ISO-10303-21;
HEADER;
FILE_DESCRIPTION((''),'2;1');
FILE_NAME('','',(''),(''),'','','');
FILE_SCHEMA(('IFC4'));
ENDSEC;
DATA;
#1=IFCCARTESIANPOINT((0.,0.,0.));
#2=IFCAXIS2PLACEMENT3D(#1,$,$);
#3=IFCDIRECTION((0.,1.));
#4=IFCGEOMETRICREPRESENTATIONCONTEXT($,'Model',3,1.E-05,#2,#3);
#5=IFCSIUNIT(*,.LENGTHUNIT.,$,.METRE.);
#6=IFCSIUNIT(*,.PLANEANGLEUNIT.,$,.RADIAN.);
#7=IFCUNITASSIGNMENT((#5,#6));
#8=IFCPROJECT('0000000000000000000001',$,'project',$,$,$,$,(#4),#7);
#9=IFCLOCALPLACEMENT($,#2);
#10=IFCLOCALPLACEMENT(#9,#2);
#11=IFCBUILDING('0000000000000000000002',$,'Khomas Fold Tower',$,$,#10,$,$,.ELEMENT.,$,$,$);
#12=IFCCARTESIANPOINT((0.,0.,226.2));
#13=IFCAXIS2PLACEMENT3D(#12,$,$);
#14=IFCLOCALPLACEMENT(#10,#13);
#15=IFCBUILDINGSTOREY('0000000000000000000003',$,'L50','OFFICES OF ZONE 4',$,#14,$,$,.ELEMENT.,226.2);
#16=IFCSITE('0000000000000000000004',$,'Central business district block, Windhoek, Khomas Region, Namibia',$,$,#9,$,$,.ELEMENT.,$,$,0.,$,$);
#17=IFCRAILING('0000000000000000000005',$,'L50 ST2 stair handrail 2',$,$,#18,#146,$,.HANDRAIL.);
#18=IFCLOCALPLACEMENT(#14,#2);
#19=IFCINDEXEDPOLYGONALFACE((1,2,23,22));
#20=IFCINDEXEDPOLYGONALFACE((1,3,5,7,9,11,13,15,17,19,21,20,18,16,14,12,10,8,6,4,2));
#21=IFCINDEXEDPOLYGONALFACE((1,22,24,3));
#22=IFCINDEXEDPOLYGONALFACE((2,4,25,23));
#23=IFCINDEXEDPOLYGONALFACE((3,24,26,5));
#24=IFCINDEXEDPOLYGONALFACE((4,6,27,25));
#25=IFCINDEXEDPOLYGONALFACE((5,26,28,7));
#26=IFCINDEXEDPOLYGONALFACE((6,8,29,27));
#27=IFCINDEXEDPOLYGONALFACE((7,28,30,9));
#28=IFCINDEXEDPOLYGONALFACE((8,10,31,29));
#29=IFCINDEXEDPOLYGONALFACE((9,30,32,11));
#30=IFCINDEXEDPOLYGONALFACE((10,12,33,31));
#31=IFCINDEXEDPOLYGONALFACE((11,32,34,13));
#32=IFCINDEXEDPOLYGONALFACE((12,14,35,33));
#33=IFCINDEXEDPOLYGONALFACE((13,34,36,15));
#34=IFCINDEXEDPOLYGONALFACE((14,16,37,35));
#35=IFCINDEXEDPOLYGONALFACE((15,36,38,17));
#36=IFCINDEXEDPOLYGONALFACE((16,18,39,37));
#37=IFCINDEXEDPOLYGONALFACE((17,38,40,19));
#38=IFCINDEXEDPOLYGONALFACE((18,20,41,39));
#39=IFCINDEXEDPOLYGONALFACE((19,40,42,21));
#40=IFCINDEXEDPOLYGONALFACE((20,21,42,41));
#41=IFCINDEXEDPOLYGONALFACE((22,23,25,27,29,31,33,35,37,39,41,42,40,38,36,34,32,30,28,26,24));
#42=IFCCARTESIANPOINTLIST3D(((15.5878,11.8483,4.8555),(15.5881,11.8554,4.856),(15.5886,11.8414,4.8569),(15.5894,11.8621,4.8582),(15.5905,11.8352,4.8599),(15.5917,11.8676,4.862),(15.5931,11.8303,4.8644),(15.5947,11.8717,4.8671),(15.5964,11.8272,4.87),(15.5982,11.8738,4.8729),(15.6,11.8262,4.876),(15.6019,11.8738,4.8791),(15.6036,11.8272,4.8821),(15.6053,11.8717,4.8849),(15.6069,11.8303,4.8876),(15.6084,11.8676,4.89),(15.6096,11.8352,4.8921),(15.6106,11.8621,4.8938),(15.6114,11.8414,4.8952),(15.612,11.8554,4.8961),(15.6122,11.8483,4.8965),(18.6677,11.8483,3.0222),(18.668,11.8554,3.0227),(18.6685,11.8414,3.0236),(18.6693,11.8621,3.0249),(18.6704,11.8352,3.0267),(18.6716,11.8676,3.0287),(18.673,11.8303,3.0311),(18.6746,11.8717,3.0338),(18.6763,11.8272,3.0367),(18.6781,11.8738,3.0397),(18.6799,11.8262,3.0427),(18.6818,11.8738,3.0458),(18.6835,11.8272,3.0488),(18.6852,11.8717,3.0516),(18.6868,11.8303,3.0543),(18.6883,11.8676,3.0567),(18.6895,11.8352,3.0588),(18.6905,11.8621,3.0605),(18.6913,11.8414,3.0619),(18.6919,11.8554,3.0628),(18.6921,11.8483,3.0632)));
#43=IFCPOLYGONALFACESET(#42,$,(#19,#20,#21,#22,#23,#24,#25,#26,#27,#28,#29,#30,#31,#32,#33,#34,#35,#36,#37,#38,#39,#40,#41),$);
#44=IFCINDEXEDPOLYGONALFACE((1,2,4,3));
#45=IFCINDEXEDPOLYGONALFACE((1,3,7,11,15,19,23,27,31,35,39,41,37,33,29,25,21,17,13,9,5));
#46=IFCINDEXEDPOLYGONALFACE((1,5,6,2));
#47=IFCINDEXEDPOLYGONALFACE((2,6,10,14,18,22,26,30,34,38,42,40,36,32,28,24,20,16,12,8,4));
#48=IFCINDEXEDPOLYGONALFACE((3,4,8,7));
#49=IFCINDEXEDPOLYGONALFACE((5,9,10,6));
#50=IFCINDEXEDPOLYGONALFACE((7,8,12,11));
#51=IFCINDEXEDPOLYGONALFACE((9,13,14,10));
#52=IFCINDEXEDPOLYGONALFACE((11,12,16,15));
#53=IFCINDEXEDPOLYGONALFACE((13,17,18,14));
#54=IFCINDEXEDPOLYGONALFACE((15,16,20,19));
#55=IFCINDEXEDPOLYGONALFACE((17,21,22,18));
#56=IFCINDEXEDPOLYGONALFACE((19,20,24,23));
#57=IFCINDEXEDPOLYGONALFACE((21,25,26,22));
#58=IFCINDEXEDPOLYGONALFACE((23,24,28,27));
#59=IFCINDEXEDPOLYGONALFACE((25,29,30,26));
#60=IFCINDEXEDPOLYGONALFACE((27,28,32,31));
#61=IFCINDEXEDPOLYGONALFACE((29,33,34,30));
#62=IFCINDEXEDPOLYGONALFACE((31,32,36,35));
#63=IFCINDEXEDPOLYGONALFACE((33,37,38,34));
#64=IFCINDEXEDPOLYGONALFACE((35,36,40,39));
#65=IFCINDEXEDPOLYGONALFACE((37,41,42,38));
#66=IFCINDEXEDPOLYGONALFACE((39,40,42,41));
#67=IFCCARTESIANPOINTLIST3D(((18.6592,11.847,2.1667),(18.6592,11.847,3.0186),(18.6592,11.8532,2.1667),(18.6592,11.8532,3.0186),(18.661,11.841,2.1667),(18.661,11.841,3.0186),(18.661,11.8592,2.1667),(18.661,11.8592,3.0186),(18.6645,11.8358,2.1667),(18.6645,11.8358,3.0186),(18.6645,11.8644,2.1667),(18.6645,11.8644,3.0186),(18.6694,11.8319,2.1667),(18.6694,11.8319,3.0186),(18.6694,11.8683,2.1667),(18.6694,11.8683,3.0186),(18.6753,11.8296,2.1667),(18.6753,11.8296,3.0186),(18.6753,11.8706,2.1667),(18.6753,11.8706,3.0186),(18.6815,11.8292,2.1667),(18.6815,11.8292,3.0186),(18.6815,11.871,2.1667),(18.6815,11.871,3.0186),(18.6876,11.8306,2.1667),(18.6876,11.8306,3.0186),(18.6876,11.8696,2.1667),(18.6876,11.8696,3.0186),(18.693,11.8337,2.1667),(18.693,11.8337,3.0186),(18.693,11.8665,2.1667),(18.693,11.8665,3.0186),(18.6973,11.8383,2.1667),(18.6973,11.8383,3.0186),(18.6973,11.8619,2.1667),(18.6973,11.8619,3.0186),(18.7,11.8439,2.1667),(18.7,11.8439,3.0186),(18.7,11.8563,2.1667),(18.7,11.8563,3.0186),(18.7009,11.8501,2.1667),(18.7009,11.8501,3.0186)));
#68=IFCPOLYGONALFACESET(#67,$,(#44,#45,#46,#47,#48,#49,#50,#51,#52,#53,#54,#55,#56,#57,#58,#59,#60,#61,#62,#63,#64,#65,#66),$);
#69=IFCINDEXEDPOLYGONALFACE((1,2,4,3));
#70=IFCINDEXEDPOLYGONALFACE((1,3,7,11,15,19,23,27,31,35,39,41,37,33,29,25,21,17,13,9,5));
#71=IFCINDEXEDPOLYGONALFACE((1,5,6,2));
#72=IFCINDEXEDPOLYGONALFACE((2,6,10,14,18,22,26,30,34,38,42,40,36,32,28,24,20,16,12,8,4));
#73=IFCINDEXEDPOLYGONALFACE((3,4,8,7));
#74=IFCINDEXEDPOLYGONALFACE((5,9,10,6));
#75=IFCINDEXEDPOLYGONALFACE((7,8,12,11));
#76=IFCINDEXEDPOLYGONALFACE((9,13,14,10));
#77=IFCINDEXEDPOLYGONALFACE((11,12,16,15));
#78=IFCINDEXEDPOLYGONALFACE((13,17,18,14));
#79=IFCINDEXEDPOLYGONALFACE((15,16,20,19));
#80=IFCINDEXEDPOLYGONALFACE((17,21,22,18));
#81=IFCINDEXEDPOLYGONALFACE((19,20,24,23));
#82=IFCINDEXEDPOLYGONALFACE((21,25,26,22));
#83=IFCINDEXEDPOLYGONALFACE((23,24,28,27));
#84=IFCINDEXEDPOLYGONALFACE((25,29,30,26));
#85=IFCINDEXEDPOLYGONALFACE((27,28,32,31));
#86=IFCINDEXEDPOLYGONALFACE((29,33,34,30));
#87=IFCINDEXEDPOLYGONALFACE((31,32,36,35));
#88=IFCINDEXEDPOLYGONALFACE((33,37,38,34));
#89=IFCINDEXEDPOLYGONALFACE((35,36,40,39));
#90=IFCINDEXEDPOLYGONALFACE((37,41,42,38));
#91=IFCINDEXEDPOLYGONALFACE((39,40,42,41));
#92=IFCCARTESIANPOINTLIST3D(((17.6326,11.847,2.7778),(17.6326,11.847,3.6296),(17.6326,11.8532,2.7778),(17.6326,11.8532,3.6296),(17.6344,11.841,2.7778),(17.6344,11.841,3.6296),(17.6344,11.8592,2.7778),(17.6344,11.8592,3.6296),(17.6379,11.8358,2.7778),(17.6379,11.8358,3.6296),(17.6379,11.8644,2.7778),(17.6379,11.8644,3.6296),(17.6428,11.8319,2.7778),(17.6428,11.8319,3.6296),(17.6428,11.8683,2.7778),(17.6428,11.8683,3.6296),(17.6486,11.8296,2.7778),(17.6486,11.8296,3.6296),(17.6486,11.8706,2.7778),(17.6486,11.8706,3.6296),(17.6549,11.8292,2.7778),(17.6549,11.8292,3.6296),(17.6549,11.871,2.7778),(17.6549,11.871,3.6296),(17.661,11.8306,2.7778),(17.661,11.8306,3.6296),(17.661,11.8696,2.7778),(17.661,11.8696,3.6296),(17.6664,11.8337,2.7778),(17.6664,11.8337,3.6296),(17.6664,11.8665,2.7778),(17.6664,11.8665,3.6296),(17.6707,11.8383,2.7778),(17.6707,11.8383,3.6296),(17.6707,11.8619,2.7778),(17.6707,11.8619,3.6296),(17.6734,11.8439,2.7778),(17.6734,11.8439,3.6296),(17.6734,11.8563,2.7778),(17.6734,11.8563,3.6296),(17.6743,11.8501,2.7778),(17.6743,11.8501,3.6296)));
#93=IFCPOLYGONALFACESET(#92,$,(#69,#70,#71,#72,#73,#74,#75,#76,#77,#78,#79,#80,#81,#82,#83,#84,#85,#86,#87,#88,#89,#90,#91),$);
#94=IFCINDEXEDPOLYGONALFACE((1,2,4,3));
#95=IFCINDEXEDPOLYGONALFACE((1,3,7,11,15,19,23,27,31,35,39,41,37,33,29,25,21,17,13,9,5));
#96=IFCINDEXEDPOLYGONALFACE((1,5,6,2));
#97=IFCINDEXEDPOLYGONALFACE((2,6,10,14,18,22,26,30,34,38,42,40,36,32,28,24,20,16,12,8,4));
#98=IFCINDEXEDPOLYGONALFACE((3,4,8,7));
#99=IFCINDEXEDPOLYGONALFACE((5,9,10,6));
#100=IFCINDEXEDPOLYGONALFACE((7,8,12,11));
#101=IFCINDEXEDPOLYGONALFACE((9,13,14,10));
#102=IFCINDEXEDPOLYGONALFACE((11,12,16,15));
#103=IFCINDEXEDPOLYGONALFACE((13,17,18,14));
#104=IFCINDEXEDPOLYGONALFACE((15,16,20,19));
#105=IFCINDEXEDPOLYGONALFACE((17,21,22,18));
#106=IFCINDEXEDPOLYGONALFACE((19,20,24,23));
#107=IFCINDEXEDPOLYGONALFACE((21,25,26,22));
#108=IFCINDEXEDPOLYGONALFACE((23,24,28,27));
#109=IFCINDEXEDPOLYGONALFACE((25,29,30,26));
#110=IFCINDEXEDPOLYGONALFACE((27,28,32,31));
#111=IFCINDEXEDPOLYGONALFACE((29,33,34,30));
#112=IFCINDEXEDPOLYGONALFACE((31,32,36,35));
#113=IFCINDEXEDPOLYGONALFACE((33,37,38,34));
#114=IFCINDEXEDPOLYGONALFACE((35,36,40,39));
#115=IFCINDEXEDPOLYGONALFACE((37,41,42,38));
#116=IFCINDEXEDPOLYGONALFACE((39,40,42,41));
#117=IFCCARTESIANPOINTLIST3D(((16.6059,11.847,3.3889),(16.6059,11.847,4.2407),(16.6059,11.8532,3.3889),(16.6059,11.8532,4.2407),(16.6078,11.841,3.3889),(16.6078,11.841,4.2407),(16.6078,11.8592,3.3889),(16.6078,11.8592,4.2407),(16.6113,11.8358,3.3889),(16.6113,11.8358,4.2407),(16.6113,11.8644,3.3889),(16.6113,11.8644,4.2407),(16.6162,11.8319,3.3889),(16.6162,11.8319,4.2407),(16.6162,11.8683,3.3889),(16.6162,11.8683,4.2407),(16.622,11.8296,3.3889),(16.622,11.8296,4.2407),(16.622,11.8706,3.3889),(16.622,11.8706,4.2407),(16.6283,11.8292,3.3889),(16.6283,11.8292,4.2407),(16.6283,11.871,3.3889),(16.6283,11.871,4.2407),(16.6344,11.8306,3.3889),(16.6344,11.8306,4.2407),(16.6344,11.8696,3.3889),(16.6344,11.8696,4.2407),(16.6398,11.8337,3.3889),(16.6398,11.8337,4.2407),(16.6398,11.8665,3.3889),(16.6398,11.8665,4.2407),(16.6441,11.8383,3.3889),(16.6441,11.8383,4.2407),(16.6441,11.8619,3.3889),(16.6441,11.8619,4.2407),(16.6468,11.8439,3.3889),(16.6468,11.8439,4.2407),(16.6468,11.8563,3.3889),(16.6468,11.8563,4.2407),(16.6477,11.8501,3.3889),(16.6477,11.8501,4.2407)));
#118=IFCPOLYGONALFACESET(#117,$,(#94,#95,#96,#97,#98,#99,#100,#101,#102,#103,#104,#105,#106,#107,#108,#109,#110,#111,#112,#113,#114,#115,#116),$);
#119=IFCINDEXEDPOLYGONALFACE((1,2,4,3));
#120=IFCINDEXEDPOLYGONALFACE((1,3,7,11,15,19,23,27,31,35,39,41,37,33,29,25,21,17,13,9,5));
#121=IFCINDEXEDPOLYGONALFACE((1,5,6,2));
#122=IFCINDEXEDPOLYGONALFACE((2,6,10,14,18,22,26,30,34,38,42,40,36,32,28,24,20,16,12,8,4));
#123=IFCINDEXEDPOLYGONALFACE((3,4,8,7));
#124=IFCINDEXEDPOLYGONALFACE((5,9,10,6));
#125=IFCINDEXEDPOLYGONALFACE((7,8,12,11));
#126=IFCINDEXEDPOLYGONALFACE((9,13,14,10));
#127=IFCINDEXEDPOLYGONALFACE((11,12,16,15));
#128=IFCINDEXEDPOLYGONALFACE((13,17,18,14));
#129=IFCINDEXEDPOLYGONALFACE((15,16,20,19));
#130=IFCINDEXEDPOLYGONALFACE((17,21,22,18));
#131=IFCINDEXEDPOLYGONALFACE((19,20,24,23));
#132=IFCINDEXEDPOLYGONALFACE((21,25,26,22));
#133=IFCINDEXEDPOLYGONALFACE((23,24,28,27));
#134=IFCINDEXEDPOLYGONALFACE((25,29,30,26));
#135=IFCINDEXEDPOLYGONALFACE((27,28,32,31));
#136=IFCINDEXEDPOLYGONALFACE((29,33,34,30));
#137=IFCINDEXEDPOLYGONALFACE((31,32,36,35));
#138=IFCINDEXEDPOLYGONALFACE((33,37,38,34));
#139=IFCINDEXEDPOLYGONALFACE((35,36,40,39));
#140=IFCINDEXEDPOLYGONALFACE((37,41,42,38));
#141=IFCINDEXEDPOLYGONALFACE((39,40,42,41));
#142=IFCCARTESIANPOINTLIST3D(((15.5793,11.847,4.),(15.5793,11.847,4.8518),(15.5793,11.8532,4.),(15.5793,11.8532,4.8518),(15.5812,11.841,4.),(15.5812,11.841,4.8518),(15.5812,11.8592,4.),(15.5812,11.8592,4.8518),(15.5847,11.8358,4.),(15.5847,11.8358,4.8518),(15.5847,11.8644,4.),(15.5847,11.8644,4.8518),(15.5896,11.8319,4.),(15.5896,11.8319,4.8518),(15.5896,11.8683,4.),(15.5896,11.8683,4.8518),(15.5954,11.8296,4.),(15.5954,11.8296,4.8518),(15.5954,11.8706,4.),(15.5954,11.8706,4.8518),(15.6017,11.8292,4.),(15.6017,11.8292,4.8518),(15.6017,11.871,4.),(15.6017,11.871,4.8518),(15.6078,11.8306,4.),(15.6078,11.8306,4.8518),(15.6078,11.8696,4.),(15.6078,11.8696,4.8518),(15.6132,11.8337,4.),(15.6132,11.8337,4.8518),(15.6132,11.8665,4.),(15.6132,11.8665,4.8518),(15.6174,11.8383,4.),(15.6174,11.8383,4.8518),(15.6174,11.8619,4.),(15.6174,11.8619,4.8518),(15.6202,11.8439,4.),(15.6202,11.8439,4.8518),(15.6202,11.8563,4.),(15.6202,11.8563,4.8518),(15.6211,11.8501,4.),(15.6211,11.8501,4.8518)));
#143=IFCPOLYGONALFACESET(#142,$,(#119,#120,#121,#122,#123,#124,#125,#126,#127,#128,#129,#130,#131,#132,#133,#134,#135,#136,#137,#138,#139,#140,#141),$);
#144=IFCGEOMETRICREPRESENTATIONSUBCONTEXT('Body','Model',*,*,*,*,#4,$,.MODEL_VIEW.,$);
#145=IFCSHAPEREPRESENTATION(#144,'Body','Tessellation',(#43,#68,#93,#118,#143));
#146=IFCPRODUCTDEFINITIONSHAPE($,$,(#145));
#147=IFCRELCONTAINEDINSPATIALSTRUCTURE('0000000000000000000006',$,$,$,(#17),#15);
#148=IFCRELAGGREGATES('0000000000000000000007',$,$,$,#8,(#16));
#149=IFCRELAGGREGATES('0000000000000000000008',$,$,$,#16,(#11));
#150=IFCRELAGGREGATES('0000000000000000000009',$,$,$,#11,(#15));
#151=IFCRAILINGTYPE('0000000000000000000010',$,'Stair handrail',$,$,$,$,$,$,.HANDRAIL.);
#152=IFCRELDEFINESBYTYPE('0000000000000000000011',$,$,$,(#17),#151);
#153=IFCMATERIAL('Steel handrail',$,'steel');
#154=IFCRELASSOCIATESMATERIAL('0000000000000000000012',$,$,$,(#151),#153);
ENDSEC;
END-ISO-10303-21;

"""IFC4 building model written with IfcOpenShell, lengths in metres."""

from ifc_helpers import new_model, si_unit, direction, frame, origin, origin_2d, place, context, subcontext, project, spatial, circle, extrude, source, transform, mapped, material, type_object, element, save


model = new_model("IFC4")

# Units and contexts
model_context = context("Model", 3, precision=1e-05, world=origin(), true_north=direction((0.0, 1.0)))
body_context = subcontext(model_context, "Body", "Model", "MODEL_VIEW")
ifc_project = project(units=[si_unit("LENGTHUNIT", "METRE"), si_unit("PLANEANGLEUNIT", "RADIAN")], contexts=[model_context])

# Site, building, storey
site_placement = place(None, origin())
site = spatial("IfcSite", under=ifc_project, at=site_placement, Name="Central business district block, Windhoek, Khomas Region, Namibia", CompositionType="ELEMENT", RefElevation=0.0)
building_placement = place(site_placement, origin())
building = spatial("IfcBuilding", under=site, at=building_placement, Name="Khomas Fold Tower", CompositionType="ELEMENT")
storey_placement = place(building_placement, frame((0.0, 0.0, 226.2)))
storey = spatial("IfcBuildingStorey", under=building, at=storey_placement, Name="L50", Description="OFFICES OF ZONE 4", CompositionType="ELEMENT", Elevation=226.2)

# Railing
ifc_material_1 = material(Name="Steel handrail", Category="steel")
railing_type_1 = type_object("IfcRailingType", Name="Stair handrail", PredefinedType="HANDRAIL", material=ifc_material_1)
shared_shape_1 = source(origin(), body_context, "Body", "SweptSolid", [
    extrude(circle(Radius=0.0239, at=origin_2d()), frame((0.0, 0.0, 0.876), z_axis=(-0.859291, 0.0, 0.511487), x_axis=(0.0, -1.0, 0.0)), (0.0, 0.0, 1.0), 3.5842),
    extrude(circle(Radius=0.021, at=origin_2d()), origin(), (0.0, 0.0, 1.0), 0.8518),
    extrude(circle(Radius=0.021, at=origin_2d()), frame((-1.0266, 0.0, 0.6111)), (0.0, 0.0, 1.0), 0.8518),
    extrude(circle(Radius=0.021, at=origin_2d()), frame((-2.0532, 0.0, 1.2222)), (0.0, 0.0, 1.0), 0.8518),
    extrude(circle(Radius=0.021, at=origin_2d()), frame((-3.0798, 0.0, 1.8333)), (0.0, 0.0, 1.0), 0.8518),
])
railing_1_placement = place(storey_placement, frame((18.6799, 11.8501, 2.1667)))
element("IfcRailing", 1, at=railing_1_placement, inside=storey, type_object=railing_type_1, Name="L50 ST2 stair handrail 2", PredefinedType="HANDRAIL", context=body_context, shape_type="MappedRepresentation", body=[
    mapped(shared_shape_1, transform((0.0, 0.0, 0.0))),
])

save(model, "model.ifc")
